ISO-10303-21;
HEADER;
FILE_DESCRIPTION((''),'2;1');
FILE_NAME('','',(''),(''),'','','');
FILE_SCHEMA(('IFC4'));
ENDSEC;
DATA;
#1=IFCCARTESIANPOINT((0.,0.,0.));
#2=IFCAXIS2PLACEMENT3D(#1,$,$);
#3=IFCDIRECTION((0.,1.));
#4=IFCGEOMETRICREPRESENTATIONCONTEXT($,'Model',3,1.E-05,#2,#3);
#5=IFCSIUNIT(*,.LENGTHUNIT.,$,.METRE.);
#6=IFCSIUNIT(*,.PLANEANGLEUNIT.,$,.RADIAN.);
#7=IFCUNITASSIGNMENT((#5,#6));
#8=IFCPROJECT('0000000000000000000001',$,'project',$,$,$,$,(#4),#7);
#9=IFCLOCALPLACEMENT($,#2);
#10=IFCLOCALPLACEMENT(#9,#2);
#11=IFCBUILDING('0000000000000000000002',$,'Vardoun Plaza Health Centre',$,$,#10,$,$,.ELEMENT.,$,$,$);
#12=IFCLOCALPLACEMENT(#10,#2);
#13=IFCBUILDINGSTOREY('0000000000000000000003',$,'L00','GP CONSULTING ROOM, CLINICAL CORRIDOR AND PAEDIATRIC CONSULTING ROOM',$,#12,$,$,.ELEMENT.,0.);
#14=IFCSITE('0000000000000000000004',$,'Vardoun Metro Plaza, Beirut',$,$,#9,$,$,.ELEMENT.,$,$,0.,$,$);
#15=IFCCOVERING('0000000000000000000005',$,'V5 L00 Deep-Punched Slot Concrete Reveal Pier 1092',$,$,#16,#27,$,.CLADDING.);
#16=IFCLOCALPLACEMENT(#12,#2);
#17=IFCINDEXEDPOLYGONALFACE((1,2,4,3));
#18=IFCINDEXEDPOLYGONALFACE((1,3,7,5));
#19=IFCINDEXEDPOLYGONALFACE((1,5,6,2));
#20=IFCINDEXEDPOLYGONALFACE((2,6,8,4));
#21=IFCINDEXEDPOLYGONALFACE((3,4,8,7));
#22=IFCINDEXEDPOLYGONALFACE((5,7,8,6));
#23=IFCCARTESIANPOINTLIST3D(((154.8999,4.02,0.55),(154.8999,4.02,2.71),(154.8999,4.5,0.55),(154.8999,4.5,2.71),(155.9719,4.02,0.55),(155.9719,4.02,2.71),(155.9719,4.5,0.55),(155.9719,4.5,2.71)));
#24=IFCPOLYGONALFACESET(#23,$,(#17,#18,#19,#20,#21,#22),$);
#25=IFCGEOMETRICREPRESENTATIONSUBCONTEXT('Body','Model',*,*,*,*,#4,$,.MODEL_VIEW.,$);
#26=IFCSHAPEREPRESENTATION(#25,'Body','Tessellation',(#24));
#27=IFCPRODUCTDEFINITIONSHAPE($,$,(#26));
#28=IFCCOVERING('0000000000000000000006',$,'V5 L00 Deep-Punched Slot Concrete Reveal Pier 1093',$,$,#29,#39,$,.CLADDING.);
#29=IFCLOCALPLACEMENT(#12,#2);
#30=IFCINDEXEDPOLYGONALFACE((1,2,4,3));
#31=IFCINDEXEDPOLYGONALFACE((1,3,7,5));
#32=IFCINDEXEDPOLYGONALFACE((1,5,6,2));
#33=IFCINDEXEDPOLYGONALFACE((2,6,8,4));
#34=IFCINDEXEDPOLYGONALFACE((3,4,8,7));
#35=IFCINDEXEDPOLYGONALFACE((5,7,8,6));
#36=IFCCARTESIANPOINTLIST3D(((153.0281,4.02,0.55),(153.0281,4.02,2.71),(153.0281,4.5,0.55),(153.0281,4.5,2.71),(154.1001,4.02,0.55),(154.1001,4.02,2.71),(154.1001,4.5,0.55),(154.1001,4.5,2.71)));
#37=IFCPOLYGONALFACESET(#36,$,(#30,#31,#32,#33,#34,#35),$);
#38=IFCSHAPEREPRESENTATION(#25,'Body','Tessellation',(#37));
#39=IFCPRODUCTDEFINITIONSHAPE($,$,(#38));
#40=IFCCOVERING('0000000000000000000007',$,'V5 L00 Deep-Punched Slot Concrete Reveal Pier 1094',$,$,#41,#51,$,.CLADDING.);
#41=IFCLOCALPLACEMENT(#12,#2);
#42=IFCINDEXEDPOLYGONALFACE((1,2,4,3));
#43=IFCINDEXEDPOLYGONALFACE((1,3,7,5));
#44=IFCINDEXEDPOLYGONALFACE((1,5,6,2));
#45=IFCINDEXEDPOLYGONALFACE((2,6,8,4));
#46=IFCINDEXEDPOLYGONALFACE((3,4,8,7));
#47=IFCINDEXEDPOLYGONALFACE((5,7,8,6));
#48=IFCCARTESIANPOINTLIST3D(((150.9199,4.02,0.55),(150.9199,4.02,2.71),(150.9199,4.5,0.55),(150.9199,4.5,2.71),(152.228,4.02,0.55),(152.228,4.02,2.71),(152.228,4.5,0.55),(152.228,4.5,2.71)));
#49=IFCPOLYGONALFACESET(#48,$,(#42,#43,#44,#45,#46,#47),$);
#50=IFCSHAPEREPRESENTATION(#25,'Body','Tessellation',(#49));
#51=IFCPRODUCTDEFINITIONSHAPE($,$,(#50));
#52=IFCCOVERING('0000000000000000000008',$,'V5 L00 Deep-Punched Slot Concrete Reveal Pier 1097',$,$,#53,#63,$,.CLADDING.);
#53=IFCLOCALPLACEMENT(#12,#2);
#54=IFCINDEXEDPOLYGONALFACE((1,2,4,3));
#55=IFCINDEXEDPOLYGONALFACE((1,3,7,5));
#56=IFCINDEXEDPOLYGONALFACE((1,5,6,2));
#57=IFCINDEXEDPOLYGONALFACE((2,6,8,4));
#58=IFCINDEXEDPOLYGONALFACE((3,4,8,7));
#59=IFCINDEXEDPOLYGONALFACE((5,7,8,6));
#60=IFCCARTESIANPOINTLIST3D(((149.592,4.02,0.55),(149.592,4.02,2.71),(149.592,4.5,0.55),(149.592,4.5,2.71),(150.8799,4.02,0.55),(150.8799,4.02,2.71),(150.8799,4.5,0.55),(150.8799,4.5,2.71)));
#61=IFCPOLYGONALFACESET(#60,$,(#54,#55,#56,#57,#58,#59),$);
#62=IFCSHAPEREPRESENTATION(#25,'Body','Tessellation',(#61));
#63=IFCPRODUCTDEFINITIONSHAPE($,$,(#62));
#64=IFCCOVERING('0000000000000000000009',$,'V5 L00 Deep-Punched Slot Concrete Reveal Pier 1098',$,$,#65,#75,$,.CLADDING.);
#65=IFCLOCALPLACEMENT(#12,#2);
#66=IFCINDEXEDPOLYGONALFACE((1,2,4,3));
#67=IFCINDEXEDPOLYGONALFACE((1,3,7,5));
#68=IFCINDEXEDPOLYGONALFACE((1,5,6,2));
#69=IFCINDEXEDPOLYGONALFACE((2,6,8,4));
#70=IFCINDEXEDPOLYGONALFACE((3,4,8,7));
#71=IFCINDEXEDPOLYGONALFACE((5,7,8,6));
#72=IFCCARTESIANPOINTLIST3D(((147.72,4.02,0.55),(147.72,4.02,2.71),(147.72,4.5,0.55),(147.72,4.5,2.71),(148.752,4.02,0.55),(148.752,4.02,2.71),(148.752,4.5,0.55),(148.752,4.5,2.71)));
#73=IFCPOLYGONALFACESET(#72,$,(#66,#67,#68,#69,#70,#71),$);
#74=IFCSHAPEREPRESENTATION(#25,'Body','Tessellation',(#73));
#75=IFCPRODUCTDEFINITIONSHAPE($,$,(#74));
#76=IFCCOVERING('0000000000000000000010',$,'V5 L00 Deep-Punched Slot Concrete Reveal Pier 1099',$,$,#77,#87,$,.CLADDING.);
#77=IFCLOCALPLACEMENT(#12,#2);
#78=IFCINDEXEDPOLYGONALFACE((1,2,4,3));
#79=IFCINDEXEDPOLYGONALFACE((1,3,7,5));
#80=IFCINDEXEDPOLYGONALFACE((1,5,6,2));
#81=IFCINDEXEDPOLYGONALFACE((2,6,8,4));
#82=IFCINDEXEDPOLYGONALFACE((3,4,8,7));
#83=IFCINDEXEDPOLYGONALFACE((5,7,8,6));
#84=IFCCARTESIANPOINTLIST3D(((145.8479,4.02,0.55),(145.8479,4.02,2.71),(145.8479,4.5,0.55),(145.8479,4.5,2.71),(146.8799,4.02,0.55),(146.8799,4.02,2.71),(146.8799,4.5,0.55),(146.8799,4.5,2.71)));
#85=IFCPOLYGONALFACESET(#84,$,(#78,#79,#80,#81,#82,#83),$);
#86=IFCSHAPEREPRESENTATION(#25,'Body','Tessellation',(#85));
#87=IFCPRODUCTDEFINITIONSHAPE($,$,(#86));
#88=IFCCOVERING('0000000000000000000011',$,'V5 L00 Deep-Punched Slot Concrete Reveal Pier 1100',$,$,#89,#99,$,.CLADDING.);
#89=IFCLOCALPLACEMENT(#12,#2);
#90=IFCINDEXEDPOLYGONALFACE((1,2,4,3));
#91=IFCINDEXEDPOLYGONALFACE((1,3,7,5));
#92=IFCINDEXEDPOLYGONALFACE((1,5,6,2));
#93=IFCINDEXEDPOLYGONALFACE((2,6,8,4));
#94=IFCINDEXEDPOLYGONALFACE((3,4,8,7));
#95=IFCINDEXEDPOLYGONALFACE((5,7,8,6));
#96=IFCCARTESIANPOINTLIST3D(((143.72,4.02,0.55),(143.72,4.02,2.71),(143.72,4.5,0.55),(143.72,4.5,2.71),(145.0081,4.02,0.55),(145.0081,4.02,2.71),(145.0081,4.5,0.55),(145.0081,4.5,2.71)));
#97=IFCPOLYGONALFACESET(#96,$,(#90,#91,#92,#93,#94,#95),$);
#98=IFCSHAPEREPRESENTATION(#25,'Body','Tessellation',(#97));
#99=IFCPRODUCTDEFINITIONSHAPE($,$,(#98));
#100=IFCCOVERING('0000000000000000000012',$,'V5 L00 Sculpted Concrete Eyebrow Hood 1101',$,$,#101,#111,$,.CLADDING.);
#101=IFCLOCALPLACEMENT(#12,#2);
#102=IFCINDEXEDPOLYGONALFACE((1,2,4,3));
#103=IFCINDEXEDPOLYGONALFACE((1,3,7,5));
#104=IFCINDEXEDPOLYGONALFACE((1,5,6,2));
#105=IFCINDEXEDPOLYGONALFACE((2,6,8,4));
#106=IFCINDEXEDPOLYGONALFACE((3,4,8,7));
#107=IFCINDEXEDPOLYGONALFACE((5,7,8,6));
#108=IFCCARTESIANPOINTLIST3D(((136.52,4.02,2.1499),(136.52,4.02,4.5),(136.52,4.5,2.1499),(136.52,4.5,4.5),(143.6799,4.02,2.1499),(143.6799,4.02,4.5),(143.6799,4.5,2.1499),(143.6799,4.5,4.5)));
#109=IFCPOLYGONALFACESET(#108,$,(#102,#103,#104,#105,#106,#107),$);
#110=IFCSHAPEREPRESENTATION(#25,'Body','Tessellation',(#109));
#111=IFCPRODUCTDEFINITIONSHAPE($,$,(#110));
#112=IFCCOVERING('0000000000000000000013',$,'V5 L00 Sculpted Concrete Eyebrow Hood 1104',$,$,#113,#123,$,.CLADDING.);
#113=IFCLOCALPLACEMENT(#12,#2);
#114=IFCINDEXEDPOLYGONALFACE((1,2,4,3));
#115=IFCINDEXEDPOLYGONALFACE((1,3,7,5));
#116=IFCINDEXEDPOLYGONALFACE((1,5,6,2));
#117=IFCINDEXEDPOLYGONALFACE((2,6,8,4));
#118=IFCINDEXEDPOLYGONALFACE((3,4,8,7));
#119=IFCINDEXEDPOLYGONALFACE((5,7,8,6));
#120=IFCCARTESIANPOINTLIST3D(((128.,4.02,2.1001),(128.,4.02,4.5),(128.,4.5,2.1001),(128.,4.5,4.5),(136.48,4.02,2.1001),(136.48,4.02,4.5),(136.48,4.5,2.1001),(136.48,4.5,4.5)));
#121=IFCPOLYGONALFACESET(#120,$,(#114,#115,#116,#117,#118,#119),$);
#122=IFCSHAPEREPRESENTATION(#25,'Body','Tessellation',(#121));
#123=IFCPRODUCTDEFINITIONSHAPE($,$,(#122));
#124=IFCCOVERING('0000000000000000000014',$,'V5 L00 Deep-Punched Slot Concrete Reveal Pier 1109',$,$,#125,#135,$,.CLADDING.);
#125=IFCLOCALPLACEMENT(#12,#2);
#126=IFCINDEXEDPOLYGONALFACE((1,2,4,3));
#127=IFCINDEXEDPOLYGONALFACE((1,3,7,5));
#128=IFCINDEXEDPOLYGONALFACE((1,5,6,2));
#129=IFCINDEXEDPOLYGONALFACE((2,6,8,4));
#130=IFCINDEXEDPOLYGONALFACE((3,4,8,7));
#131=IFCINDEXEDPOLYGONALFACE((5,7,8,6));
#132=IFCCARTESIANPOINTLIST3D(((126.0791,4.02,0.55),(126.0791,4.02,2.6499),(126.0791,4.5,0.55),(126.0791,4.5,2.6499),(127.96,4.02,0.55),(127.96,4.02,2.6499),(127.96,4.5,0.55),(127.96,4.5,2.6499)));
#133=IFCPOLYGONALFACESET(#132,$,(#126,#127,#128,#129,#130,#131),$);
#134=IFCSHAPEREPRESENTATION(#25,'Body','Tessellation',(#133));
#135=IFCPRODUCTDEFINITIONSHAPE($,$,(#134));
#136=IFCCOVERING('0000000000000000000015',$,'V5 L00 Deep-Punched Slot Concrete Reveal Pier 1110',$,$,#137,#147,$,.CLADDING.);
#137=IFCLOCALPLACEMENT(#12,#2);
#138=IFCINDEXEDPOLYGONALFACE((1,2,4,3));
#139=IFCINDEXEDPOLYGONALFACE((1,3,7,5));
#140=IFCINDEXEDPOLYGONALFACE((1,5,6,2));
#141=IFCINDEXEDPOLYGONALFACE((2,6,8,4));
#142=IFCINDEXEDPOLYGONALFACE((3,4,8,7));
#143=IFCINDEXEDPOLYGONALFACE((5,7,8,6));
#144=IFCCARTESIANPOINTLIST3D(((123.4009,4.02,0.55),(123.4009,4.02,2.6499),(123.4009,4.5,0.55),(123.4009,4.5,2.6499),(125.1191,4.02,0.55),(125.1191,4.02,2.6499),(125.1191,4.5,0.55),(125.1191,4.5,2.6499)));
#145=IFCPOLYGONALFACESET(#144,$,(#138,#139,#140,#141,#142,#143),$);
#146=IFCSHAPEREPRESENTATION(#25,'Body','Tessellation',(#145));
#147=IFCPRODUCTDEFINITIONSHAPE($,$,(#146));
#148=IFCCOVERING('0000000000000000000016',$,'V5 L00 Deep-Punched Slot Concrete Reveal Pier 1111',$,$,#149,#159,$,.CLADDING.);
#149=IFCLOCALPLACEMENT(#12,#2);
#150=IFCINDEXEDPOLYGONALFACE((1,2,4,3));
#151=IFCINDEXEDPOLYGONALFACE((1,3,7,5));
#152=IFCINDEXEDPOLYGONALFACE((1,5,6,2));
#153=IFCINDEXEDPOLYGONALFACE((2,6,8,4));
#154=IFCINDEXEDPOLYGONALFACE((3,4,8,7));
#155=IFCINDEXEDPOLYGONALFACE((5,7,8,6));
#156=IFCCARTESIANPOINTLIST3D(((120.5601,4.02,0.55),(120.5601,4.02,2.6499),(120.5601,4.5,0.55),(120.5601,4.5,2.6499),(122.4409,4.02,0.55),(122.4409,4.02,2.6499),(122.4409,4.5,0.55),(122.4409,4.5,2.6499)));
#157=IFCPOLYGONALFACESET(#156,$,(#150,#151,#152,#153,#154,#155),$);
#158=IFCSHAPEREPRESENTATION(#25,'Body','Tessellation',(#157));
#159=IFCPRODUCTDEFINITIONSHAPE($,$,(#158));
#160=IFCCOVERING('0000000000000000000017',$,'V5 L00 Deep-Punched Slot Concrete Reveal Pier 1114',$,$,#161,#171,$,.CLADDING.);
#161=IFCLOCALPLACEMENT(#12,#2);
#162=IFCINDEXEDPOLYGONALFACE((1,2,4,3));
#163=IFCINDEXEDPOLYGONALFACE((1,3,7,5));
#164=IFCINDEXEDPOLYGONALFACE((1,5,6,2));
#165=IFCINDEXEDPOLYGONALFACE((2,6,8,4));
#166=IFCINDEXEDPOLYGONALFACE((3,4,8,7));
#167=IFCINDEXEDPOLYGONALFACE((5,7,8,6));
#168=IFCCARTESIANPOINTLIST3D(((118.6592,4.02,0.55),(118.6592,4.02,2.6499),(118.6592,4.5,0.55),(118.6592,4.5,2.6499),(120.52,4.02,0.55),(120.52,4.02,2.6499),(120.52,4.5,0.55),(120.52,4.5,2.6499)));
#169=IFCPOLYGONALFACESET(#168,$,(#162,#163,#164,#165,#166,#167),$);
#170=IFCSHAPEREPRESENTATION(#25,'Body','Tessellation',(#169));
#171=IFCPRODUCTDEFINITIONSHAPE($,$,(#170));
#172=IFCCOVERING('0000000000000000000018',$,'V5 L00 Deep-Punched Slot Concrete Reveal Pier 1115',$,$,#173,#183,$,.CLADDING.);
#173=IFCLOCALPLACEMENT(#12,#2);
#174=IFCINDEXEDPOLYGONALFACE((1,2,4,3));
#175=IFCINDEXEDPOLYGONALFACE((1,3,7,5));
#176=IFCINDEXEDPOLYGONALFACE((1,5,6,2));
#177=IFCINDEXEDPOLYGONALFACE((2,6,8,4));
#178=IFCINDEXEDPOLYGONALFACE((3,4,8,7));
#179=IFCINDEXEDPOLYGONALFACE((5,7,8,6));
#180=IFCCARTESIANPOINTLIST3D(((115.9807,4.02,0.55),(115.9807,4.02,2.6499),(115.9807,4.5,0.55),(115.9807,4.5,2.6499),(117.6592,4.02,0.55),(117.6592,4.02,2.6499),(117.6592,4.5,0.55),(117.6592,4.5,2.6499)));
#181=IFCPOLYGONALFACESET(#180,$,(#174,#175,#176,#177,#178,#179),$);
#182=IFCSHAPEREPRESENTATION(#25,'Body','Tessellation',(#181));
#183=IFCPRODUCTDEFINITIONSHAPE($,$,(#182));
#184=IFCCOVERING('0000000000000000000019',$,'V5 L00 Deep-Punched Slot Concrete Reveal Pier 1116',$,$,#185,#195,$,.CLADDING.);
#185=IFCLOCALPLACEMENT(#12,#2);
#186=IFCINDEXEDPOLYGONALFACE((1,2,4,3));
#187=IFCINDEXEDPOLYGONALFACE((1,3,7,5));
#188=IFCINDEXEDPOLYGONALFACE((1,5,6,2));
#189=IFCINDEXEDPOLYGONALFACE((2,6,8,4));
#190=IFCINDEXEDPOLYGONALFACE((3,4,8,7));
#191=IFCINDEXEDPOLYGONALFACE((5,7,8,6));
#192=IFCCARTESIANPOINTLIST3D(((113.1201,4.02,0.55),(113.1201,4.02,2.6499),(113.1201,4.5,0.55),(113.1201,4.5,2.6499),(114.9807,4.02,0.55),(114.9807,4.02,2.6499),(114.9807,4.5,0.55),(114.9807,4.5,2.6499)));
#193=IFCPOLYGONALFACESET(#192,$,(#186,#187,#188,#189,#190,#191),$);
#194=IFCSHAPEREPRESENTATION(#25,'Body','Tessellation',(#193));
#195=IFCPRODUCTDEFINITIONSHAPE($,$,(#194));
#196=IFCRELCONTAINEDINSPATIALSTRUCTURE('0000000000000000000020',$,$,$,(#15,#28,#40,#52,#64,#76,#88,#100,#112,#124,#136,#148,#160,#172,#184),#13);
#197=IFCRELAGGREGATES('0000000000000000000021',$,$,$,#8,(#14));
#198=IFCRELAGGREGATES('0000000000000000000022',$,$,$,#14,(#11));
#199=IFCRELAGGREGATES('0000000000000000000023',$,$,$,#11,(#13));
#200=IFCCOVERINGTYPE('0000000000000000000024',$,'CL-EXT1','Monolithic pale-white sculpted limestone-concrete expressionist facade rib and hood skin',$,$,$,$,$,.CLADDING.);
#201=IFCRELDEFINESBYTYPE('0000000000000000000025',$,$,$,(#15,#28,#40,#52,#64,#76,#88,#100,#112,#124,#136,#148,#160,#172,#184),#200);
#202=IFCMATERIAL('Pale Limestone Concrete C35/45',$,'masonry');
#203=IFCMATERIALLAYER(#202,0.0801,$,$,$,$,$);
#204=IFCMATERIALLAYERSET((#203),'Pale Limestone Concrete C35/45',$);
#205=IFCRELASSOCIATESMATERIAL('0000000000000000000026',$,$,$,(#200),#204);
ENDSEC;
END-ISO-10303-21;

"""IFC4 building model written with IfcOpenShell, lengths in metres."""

from ifc_helpers import new_model, si_unit, direction, frame, origin, place, context, subcontext, project, spatial, polyline, outline, extrude, material, layer, layer_set, type_object, element, save


model = new_model("IFC4")

# Units and contexts
model_context = context("Model", 3, precision=1e-05, world=origin(), true_north=direction((0.0, 1.0)))
body_context = subcontext(model_context, "Body", "Model", "MODEL_VIEW")
ifc_project = project(units=[si_unit("LENGTHUNIT", "METRE"), si_unit("PLANEANGLEUNIT", "RADIAN")], contexts=[model_context])

# Site, building, storey
site_placement = place(None, origin())
site = spatial("IfcSite", under=ifc_project, at=site_placement, Name="Vardoun Metro Plaza, Beirut", CompositionType="ELEMENT", RefElevation=0.0)
building_placement = place(site_placement, origin())
building = spatial("IfcBuilding", under=site, at=building_placement, Name="Vardoun Plaza Health Centre", CompositionType="ELEMENT")
storey_placement = place(building_placement, origin())
storey = spatial("IfcBuildingStorey", under=building, at=storey_placement, Name="L00", Description="GP CONSULTING ROOM, CLINICAL CORRIDOR AND PAEDIATRIC CONSULTING ROOM", CompositionType="ELEMENT", Elevation=0.0)

# Coverings
ifc_material = material(Name="Pale Limestone Concrete C35/45", Category="masonry")
ifc_layer = layer(ifc_material, 0.0801)
ifc_layer_set = layer_set([ifc_layer], Name="Pale Limestone Concrete C35/45")
covering_type = type_object("IfcCoveringType", Name="CL-EXT1", Description="Monolithic pale-white sculpted limestone-concrete expressionist facade rib and hood skin", PredefinedType="CLADDING", material=ifc_layer_set)
covering_1_placement = place(storey_placement, frame((0.0, 0.0, 0.55)))
element("IfcCovering", 1, at=covering_1_placement, inside=storey, type_object=covering_type, Name="V5 L00 Deep-Punched Slot Concrete Reveal Pier 1092", PredefinedType="CLADDING", context=body_context, shape_type="SweptSolid", body=[
    extrude(outline(polyline([(155.9719, 4.5), (154.8999, 4.5), (154.8999, 4.02), (155.9719, 4.02), (155.9719, 4.5)])), origin(), (0.0, 0.0, 1.0), 2.1599),
])
covering_2_placement = place(storey_placement, frame((0.0, 0.0, 0.55)))
element("IfcCovering", 2, at=covering_2_placement, inside=storey, type_object=covering_type, Name="V5 L00 Deep-Punched Slot Concrete Reveal Pier 1093", PredefinedType="CLADDING", context=body_context, shape_type="SweptSolid", body=[
    extrude(outline(polyline([(154.1001, 4.5), (153.0281, 4.5), (153.0281, 4.02), (154.1001, 4.02), (154.1001, 4.5)])), origin(), (0.0, 0.0, 1.0), 2.1599),
])
covering_3_placement = place(storey_placement, frame((0.0, 0.0, 0.55)))
element("IfcCovering", 3, at=covering_3_placement, inside=storey, type_object=covering_type, Name="V5 L00 Deep-Punched Slot Concrete Reveal Pier 1094", PredefinedType="CLADDING", context=body_context, shape_type="SweptSolid", body=[
    extrude(outline(polyline([(152.228, 4.5), (150.9199, 4.5), (150.9199, 4.02), (152.228, 4.02), (152.228, 4.5)])), origin(), (0.0, 0.0, 1.0), 2.1599),
])
covering_4_placement = place(storey_placement, frame((0.0, 0.0, 0.55)))
element("IfcCovering", 4, at=covering_4_placement, inside=storey, type_object=covering_type, Name="V5 L00 Deep-Punched Slot Concrete Reveal Pier 1097", PredefinedType="CLADDING", context=body_context, shape_type="SweptSolid", body=[
    extrude(outline(polyline([(150.8799, 4.5), (149.592, 4.5), (149.592, 4.02), (150.8799, 4.02), (150.8799, 4.5)])), origin(), (0.0, 0.0, 1.0), 2.1599),
])
covering_5_placement = place(storey_placement, frame((0.0, 0.0, 0.55)))
element("IfcCovering", 5, at=covering_5_placement, inside=storey, type_object=covering_type, Name="V5 L00 Deep-Punched Slot Concrete Reveal Pier 1098", PredefinedType="CLADDING", context=body_context, shape_type="SweptSolid", body=[
    extrude(outline(polyline([(148.752, 4.5), (147.72, 4.5), (147.72, 4.02), (148.752, 4.02), (148.752, 4.5)])), origin(), (0.0, 0.0, 1.0), 2.1599),
])
covering_6_placement = place(storey_placement, frame((0.0, 0.0, 0.55)))
element("IfcCovering", 6, at=covering_6_placement, inside=storey, type_object=covering_type, Name="V5 L00 Deep-Punched Slot Concrete Reveal Pier 1099", PredefinedType="CLADDING", context=body_context, shape_type="SweptSolid", body=[
    extrude(outline(polyline([(146.8799, 4.5), (145.8479, 4.5), (145.8479, 4.02), (146.8799, 4.02), (146.8799, 4.5)])), origin(), (0.0, 0.0, 1.0), 2.1599),
])
covering_7_placement = place(storey_placement, frame((0.0, 0.0, 0.55)))
element("IfcCovering", 7, at=covering_7_placement, inside=storey, type_object=covering_type, Name="V5 L00 Deep-Punched Slot Concrete Reveal Pier 1100", PredefinedType="CLADDING", context=body_context, shape_type="SweptSolid", body=[
    extrude(outline(polyline([(145.0081, 4.5), (143.72, 4.5), (143.72, 4.02), (145.0081, 4.02), (145.0081, 4.5)])), origin(), (0.0, 0.0, 1.0), 2.1599),
])
covering_8_placement = place(storey_placement, frame((0.0, 0.0, 2.1499)))
element("IfcCovering", 8, at=covering_8_placement, inside=storey, type_object=covering_type, Name="V5 L00 Sculpted Concrete Eyebrow Hood 1101", PredefinedType="CLADDING", context=body_context, shape_type="SweptSolid", body=[
    extrude(outline(polyline([(143.6799, 4.5), (136.52, 4.5), (136.52, 4.02), (143.6799, 4.02), (143.6799, 4.5)])), origin(), (0.0, 0.0, 1.0), 2.3501),
])
covering_9_placement = place(storey_placement, frame((0.0, 0.0, 2.1001)))
element("IfcCovering", 9, at=covering_9_placement, inside=storey, type_object=covering_type, Name="V5 L00 Sculpted Concrete Eyebrow Hood 1104", PredefinedType="CLADDING", context=body_context, shape_type="SweptSolid", body=[
    extrude(outline(polyline([(136.48, 4.5), (128.0, 4.5), (128.0, 4.02), (136.48, 4.02), (136.48, 4.5)])), origin(), (0.0, 0.0, 1.0), 2.3999),
])
covering_10_placement = place(storey_placement, frame((0.0, 0.0, 0.55)))
element("IfcCovering", 10, at=covering_10_placement, inside=storey, type_object=covering_type, Name="V5 L00 Deep-Punched Slot Concrete Reveal Pier 1109", PredefinedType="CLADDING", context=body_context, shape_type="SweptSolid", body=[
    extrude(outline(polyline([(127.96, 4.5), (126.0791, 4.5), (126.0791, 4.02), (127.96, 4.02), (127.96, 4.5)])), origin(), (0.0, 0.0, 1.0), 2.0999),
])
covering_11_placement = place(storey_placement, frame((0.0, 0.0, 0.55)))
element("IfcCovering", 11, at=covering_11_placement, inside=storey, type_object=covering_type, Name="V5 L00 Deep-Punched Slot Concrete Reveal Pier 1110", PredefinedType="CLADDING", context=body_context, shape_type="SweptSolid", body=[
    extrude(outline(polyline([(125.1191, 4.5), (123.4009, 4.5), (123.4009, 4.02), (125.1191, 4.02), (125.1191, 4.5)])), origin(), (0.0, 0.0, 1.0), 2.0999),
])
covering_12_placement = place(storey_placement, frame((0.0, 0.0, 0.55)))
element("IfcCovering", 12, at=covering_12_placement, inside=storey, type_object=covering_type, Name="V5 L00 Deep-Punched Slot Concrete Reveal Pier 1111", PredefinedType="CLADDING", context=body_context, shape_type="SweptSolid", body=[
    extrude(outline(polyline([(122.4409, 4.5), (120.5601, 4.5), (120.5601, 4.02), (122.4409, 4.02), (122.4409, 4.5)])), origin(), (0.0, 0.0, 1.0), 2.0999),
])
covering_13_placement = place(storey_placement, frame((0.0, 0.0, 0.55)))
element("IfcCovering", 13, at=covering_13_placement, inside=storey, type_object=covering_type, Name="V5 L00 Deep-Punched Slot Concrete Reveal Pier 1114", PredefinedType="CLADDING", context=body_context, shape_type="SweptSolid", body=[
    extrude(outline(polyline([(120.52, 4.5), (118.6592, 4.5), (118.6592, 4.02), (120.52, 4.02), (120.52, 4.5)])), origin(), (0.0, 0.0, 1.0), 2.0999),
])
covering_14_placement = place(storey_placement, frame((0.0, 0.0, 0.55)))
element("IfcCovering", 14, at=covering_14_placement, inside=storey, type_object=covering_type, Name="V5 L00 Deep-Punched Slot Concrete Reveal Pier 1115", PredefinedType="CLADDING", context=body_context, shape_type="SweptSolid", body=[
    extrude(outline(polyline([(117.6592, 4.5), (115.9807, 4.5), (115.9807, 4.02), (117.6592, 4.02), (117.6592, 4.5)])), origin(), (0.0, 0.0, 1.0), 2.0999),
])
covering_15_placement = place(storey_placement, frame((0.0, 0.0, 0.55)))
element("IfcCovering", 15, at=covering_15_placement, inside=storey, type_object=covering_type, Name="V5 L00 Deep-Punched Slot Concrete Reveal Pier 1116", PredefinedType="CLADDING", context=body_context, shape_type="SweptSolid", body=[
    extrude(outline(polyline([(114.9807, 4.5), (113.1201, 4.5), (113.1201, 4.02), (114.9807, 4.02), (114.9807, 4.5)])), origin(), (0.0, 0.0, 1.0), 2.0999),
])

save(model, "model.ifc")
